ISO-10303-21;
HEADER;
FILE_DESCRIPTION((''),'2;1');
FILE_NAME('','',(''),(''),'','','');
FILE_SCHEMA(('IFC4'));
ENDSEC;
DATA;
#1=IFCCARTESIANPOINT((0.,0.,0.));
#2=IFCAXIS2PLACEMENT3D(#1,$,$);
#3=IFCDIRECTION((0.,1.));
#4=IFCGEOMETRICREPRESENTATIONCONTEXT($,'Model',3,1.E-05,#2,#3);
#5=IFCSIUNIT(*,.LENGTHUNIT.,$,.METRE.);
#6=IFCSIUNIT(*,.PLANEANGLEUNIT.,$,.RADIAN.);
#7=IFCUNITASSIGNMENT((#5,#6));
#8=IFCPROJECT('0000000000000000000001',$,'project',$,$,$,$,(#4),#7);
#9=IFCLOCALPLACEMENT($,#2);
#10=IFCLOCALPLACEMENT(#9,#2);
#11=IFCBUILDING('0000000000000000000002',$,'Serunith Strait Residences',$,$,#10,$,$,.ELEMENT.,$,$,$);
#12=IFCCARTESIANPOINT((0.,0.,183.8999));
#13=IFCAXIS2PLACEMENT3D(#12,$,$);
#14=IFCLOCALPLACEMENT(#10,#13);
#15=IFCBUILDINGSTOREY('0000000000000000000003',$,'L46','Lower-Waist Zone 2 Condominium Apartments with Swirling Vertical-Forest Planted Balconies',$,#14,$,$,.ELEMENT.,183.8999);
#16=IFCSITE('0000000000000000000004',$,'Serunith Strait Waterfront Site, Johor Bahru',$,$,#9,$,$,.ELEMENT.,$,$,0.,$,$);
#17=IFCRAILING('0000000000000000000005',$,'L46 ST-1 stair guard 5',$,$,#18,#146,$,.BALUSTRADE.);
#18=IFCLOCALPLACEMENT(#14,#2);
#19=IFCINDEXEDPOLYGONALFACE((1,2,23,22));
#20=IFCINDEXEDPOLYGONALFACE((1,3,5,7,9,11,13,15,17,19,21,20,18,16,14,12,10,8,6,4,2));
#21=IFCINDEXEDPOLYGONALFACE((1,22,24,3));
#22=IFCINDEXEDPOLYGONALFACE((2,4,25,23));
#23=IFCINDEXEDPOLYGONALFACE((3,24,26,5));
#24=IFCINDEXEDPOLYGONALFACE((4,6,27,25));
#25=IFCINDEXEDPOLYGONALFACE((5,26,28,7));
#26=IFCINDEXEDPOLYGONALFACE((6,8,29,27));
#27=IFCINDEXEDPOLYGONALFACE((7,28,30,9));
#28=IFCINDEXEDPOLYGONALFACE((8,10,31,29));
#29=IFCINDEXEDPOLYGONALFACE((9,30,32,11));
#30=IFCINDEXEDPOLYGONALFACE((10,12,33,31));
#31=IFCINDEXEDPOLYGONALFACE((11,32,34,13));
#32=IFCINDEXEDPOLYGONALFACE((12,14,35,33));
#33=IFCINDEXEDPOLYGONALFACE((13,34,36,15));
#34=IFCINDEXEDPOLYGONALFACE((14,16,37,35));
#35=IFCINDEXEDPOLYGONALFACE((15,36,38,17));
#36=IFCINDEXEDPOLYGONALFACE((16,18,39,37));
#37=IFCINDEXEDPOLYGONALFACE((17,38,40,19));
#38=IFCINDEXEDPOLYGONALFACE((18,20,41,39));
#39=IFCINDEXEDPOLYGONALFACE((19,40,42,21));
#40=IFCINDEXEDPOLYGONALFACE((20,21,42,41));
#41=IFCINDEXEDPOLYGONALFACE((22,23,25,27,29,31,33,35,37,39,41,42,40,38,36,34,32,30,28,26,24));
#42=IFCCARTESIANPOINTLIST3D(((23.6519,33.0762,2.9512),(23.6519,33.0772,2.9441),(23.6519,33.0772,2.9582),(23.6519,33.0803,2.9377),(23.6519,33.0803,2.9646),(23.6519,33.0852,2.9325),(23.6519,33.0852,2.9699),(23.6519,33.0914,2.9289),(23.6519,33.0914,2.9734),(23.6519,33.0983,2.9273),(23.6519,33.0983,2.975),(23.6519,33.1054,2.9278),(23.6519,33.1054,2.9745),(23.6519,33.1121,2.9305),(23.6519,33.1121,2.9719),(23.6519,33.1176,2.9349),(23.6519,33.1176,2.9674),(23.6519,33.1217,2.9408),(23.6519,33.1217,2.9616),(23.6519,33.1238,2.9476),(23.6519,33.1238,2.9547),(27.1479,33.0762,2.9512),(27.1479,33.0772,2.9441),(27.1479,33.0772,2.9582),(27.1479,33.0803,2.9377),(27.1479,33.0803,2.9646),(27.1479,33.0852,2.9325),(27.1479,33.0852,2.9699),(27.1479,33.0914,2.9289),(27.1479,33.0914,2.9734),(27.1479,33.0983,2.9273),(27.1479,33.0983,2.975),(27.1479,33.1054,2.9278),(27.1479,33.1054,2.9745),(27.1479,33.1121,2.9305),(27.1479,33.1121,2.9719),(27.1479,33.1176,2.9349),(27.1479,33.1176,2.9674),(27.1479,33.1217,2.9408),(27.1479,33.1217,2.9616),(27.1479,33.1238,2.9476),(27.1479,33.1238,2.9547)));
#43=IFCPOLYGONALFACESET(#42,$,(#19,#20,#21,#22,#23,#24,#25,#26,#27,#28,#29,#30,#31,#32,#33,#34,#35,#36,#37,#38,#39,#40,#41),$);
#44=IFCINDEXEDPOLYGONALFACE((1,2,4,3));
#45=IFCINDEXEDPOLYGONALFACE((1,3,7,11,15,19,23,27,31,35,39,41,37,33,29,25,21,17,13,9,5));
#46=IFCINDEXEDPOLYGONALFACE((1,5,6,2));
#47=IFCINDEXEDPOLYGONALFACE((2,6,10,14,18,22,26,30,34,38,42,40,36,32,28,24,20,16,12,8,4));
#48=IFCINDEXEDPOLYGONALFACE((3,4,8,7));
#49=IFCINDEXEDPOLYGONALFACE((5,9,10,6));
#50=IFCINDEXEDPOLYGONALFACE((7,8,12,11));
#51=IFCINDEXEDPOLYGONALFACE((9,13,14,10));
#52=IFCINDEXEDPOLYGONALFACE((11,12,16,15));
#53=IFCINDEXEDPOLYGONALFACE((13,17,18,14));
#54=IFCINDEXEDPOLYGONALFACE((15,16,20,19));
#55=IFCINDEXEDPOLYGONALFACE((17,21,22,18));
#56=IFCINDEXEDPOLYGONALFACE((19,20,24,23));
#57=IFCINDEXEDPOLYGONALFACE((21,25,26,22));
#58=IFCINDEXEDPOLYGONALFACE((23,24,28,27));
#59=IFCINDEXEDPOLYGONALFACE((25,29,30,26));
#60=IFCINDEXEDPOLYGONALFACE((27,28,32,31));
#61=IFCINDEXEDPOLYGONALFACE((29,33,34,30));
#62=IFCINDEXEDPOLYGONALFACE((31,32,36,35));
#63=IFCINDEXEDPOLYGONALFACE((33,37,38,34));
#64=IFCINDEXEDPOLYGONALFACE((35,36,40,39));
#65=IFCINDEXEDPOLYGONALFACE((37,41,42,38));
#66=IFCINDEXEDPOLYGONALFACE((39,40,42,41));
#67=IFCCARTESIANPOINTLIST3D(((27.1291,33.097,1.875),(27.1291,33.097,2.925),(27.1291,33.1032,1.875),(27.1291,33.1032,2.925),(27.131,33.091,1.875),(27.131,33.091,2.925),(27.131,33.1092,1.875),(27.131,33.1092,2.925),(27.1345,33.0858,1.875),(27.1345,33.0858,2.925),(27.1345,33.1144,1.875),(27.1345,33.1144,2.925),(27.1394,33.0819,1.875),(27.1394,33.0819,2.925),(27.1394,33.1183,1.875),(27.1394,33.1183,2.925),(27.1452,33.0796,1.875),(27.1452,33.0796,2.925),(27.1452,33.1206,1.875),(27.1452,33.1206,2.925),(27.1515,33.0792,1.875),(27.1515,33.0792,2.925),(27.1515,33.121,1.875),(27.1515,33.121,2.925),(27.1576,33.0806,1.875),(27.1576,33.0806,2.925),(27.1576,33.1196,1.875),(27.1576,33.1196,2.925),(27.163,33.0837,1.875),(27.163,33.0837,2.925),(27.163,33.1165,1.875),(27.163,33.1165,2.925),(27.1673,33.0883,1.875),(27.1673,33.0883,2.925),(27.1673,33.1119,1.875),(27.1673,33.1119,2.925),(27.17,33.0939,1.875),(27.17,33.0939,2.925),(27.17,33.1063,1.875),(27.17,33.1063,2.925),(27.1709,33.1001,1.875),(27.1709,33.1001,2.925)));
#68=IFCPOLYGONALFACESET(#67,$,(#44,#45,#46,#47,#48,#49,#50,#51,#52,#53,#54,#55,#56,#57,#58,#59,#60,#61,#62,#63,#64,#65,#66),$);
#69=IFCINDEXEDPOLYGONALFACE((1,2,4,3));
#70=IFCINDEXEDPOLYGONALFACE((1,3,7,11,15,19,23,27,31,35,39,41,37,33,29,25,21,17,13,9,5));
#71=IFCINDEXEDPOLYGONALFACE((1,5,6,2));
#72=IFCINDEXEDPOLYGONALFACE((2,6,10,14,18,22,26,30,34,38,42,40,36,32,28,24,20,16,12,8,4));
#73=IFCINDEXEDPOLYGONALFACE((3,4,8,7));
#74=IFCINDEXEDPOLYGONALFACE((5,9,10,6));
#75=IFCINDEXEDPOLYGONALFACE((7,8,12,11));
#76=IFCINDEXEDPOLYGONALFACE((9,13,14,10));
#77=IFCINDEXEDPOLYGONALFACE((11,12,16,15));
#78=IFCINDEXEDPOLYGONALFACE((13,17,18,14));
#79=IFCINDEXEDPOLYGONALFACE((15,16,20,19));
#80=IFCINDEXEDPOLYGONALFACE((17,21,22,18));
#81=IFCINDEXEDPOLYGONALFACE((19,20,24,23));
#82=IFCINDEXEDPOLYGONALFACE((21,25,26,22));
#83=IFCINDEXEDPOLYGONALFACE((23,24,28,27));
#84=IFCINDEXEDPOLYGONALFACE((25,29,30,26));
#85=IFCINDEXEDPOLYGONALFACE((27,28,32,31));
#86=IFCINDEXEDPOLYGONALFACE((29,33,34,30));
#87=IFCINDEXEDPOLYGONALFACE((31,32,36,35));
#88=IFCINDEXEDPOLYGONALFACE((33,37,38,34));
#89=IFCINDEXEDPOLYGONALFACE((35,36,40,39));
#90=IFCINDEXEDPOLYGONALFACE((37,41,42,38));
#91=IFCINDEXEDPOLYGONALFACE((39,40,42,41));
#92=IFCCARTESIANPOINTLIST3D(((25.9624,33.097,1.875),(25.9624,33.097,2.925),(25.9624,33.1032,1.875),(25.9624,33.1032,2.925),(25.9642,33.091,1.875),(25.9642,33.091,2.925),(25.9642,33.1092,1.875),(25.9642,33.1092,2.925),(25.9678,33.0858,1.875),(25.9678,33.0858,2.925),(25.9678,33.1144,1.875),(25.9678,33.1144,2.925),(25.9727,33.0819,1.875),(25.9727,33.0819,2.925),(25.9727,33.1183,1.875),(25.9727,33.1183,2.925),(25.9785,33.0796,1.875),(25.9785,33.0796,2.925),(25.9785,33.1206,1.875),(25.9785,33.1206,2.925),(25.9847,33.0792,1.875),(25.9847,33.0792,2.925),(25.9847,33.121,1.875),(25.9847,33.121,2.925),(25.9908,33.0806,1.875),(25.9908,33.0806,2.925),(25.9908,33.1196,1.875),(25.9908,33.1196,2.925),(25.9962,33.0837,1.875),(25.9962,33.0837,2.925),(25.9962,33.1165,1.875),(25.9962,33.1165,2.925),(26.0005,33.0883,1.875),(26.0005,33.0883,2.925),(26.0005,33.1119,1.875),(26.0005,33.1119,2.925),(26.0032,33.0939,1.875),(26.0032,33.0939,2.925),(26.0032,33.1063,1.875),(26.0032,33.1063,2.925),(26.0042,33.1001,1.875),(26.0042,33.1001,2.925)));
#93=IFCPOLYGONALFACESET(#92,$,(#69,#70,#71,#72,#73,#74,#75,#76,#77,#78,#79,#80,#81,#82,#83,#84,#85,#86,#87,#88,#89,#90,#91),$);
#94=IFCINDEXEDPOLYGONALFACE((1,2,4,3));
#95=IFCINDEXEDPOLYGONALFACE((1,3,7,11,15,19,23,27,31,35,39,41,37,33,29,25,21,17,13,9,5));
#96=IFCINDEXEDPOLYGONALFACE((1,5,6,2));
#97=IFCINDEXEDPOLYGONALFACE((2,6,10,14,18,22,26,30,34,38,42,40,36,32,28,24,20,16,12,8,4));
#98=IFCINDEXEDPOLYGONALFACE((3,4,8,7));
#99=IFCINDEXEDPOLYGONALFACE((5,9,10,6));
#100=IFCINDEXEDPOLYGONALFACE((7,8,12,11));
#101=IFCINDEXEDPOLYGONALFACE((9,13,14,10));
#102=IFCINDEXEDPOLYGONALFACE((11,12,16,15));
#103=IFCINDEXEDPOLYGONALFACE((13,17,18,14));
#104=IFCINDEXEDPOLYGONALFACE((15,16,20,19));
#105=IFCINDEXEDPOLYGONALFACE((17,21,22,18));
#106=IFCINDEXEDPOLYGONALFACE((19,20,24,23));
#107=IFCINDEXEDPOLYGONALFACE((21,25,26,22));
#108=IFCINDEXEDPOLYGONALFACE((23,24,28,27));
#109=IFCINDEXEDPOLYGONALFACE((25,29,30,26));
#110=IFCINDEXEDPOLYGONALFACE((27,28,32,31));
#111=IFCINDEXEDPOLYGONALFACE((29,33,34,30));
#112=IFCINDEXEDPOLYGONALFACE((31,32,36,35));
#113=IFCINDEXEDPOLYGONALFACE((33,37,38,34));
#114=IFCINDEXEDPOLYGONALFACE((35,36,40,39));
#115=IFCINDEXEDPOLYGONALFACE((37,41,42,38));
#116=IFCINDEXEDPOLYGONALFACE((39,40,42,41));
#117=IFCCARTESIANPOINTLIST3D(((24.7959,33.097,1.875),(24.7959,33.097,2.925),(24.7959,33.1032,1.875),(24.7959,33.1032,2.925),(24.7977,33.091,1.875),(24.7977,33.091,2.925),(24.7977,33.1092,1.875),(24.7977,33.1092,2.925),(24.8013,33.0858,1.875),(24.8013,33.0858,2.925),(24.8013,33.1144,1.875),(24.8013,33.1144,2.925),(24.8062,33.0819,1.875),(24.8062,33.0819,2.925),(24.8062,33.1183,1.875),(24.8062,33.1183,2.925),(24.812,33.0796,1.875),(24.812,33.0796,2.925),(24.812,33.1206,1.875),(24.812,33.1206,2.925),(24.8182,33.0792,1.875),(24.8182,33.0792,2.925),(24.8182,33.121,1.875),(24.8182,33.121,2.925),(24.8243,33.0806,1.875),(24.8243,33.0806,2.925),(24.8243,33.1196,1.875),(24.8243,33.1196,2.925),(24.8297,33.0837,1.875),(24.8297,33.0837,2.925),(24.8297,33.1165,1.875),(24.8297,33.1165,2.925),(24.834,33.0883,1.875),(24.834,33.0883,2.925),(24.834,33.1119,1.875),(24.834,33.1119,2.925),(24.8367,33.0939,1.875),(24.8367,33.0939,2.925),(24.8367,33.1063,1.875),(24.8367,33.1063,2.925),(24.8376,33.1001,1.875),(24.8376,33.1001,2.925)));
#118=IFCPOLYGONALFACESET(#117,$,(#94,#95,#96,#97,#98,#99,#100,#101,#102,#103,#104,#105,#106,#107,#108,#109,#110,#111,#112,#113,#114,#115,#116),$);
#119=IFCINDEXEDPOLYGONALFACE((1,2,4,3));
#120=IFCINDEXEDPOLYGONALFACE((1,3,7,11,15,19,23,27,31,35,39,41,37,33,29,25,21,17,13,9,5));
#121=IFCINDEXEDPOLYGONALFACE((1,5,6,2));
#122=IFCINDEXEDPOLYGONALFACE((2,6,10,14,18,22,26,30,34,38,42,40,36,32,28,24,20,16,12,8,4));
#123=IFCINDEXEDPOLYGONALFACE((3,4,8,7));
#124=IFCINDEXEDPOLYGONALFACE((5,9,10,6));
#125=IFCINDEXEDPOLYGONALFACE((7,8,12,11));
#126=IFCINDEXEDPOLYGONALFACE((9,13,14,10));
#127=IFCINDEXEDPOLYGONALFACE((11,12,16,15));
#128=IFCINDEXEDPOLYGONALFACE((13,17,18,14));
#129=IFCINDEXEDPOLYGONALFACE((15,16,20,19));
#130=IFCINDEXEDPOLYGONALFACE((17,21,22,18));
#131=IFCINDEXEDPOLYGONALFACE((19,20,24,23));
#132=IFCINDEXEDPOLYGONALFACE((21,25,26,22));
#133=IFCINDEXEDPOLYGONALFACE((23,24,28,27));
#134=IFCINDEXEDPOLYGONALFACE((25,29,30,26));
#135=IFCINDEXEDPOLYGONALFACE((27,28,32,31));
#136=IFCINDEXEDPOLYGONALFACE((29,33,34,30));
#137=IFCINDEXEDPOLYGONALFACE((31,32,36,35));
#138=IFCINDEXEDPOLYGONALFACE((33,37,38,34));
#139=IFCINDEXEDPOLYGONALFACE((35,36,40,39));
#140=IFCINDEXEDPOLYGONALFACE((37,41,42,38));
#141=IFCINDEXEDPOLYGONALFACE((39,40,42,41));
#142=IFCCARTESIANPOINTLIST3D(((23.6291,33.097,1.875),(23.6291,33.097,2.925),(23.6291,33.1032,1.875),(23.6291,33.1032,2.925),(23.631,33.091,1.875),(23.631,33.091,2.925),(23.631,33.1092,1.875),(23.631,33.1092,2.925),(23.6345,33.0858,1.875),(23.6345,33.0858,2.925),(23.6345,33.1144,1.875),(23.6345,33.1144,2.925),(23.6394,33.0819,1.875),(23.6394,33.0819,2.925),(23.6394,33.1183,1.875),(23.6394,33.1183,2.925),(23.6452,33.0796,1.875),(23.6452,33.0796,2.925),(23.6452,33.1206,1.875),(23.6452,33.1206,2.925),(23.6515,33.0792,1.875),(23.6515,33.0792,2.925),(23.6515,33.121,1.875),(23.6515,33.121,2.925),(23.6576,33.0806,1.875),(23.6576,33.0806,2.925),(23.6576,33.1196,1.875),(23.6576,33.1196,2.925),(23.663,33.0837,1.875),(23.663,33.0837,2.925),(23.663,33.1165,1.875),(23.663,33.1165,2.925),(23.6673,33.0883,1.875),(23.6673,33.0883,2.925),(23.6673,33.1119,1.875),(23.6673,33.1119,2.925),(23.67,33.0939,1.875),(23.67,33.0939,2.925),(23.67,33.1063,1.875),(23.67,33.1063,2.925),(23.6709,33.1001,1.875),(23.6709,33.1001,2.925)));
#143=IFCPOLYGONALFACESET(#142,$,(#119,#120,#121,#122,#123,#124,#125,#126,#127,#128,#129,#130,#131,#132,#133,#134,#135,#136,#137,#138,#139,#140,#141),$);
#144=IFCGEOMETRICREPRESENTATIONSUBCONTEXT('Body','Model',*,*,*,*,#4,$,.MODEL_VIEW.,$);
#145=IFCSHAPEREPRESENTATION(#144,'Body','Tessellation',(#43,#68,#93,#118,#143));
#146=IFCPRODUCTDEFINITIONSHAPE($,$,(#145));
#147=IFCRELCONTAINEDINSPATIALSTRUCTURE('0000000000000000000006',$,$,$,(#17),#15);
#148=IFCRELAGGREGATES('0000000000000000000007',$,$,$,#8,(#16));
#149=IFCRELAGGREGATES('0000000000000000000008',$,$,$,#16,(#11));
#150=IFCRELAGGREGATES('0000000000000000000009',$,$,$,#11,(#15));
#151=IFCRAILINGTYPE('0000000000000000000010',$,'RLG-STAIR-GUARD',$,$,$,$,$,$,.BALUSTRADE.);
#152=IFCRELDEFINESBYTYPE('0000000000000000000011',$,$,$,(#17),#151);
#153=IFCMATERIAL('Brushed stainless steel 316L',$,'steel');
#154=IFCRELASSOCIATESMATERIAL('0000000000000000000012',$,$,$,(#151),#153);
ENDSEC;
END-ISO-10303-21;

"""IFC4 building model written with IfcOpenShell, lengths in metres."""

from ifc_helpers import new_model, si_unit, direction, frame, origin, origin_2d, place, context, subcontext, project, spatial, circle, extrude, material, type_object, element, save


model = new_model("IFC4")

# Units and contexts
model_context = context("Model", 3, precision=1e-05, world=origin(), true_north=direction((0.0, 1.0)))
body_context = subcontext(model_context, "Body", "Model", "MODEL_VIEW")
ifc_project = project(units=[si_unit("LENGTHUNIT", "METRE"), si_unit("PLANEANGLEUNIT", "RADIAN")], contexts=[model_context])

# Site, building, storey
site_placement = place(None, origin())
site = spatial("IfcSite", under=ifc_project, at=site_placement, Name="Serunith Strait Waterfront Site, Johor Bahru", CompositionType="ELEMENT", RefElevation=0.0)
building_placement = place(site_placement, origin())
building = spatial("IfcBuilding", under=site, at=building_placement, Name="Serunith Strait Residences", CompositionType="ELEMENT")
storey_placement = place(building_placement, frame((0.0, 0.0, 183.8999)))
storey = spatial("IfcBuildingStorey", under=building, at=storey_placement, Name="L46", Description="Lower-Waist Zone 2 Condominium Apartments with Swirling Vertical-Forest Planted Balconies", CompositionType="ELEMENT", Elevation=183.8999)

# Railing
ifc_material_1 = material(Name="Brushed stainless steel 316L", Category="steel")
railing_type_1 = type_object("IfcRailingType", Name="RLG-STAIR-GUARD", PredefinedType="BALUSTRADE", material=ifc_material_1)
railing_1_placement = place(storey_placement, frame((27.1499, 33.1001, 1.875)))
element("IfcRailing", 1, at=railing_1_placement, inside=storey, type_object=railing_type_1, Name="L46 ST-1 stair guard 5", PredefinedType="BALUSTRADE", context=body_context, shape_type="SweptSolid", body=[
    extrude(circle(Radius=0.0239, at=origin_2d()), frame((-0.002, 0.0, 1.0762), z_axis=(-1.0, 0.0, 0.0), x_axis=(0.0, -1.0, 0.0)), (0.0, 0.0, 1.0), 3.4961),
    extrude(circle(Radius=0.021, at=origin_2d()), origin(), (0.0, 0.0, 1.0), 1.05),
    extrude(circle(Radius=0.021, at=origin_2d()), frame((-1.1667, 0.0, 0.0)), (0.0, 0.0, 1.0), 1.05),
    extrude(circle(Radius=0.021, at=origin_2d()), frame((-2.3333, 0.0, 0.0)), (0.0, 0.0, 1.0), 1.05),
    extrude(circle(Radius=0.021, at=origin_2d()), frame((-3.5, 0.0, 0.0)), (0.0, 0.0, 1.0), 1.05),
])

save(model, "model.ifc")
